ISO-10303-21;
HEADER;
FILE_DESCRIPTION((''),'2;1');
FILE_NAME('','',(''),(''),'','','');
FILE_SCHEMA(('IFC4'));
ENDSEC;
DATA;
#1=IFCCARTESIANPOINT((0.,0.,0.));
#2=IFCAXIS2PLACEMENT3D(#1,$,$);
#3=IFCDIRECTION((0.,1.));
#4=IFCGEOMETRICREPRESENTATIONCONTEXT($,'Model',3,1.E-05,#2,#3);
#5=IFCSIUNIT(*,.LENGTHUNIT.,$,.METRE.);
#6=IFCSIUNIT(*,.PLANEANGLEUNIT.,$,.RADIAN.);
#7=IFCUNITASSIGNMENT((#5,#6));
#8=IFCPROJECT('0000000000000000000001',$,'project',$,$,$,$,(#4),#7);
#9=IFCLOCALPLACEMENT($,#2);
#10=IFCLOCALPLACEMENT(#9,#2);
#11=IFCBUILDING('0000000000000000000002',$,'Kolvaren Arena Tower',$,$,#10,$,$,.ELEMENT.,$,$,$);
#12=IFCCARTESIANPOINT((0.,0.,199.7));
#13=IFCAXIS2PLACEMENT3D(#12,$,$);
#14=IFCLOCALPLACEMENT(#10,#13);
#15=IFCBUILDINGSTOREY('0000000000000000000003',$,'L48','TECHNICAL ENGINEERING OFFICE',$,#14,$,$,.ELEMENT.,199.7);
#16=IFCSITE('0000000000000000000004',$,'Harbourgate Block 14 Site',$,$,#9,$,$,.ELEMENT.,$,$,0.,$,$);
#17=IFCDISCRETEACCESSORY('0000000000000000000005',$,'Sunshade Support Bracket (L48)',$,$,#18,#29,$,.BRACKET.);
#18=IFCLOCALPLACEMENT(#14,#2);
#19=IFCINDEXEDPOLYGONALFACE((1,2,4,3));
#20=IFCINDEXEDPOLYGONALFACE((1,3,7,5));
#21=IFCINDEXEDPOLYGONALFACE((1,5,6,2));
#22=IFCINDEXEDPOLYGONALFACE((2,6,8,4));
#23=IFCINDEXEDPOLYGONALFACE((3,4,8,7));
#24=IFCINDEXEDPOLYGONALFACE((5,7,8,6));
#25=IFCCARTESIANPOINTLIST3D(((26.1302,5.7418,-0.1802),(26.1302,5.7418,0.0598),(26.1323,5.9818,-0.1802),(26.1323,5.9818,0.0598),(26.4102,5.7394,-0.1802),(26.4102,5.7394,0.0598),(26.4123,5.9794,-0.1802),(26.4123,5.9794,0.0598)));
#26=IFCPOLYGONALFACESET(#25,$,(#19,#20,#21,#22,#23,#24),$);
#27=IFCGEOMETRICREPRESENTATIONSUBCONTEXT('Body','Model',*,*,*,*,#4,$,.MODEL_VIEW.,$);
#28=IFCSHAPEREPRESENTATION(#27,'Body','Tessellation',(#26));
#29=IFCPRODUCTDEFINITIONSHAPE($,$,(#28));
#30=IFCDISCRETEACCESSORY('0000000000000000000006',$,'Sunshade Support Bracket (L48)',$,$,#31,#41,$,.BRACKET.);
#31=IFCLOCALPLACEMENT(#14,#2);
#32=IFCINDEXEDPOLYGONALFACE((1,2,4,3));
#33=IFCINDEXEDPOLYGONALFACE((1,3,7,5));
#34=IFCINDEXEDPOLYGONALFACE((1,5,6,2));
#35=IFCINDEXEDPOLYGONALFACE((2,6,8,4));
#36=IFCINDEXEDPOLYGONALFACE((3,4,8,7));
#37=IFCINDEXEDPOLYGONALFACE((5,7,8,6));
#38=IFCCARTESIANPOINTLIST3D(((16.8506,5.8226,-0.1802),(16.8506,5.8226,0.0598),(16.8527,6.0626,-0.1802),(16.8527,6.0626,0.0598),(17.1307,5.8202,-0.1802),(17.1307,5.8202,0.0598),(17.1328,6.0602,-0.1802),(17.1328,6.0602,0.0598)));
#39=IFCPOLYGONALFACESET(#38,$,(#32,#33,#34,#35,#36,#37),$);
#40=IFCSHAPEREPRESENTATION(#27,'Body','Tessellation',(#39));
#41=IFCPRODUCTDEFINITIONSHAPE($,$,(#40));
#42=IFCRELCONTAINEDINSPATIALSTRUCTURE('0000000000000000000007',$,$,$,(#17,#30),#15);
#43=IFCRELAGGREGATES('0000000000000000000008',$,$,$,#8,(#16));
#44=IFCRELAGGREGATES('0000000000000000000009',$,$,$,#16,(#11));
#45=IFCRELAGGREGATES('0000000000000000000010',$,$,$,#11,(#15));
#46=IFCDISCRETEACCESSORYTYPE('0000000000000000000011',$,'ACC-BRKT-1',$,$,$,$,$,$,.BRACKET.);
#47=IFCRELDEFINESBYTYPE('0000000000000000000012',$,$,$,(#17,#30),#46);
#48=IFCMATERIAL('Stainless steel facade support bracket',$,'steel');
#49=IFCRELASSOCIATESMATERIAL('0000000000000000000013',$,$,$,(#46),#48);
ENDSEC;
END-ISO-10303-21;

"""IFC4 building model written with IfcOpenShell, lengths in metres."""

from ifc_helpers import new_model, si_unit, direction, frame, origin, origin_2d, place, context, subcontext, project, spatial, rectangle, extrude, material, type_object, element, save


model = new_model("IFC4")

# Units and contexts
model_context = context("Model", 3, precision=1e-05, world=origin(), true_north=direction((0.0, 1.0)))
body_context = subcontext(model_context, "Body", "Model", "MODEL_VIEW")
ifc_project = project(units=[si_unit("LENGTHUNIT", "METRE"), si_unit("PLANEANGLEUNIT", "RADIAN")], contexts=[model_context])

# Site, building, storey
site_placement = place(None, origin())
site = spatial("IfcSite", under=ifc_project, at=site_placement, Name="Harbourgate Block 14 Site", CompositionType="ELEMENT", RefElevation=0.0)
building_placement = place(site_placement, origin())
building = spatial("IfcBuilding", under=site, at=building_placement, Name="Kolvaren Arena Tower", CompositionType="ELEMENT")
storey_placement = place(building_placement, frame((0.0, 0.0, 199.7)))
storey = spatial("IfcBuildingStorey", under=building, at=storey_placement, Name="L48", Description="TECHNICAL ENGINEERING OFFICE", CompositionType="ELEMENT", Elevation=199.7)

# Discrete accessories
ifc_material_1 = material(Name="Stainless steel facade support bracket", Category="steel")
discrete_accessory_type = type_object("IfcDiscreteAccessoryType", Name="ACC-BRKT-1", PredefinedType="BRACKET", material=ifc_material_1)
for number, where, z_axis, x_axis, name in (
    (1, (26.2712, 5.8606, -0.1802), (0.0, 0.0, 1.0), (-0.999962, 0.008727, 0.0), "Sunshade Support Bracket (L48)"),
    (2, (16.9917, 5.9414, -0.1802), (0.0, 0.0, 1.0), (-0.999962, 0.008727, 0.0), "Sunshade Support Bracket (L48)"),
):
    element("IfcDiscreteAccessory", number, at=place(storey_placement, frame(where, z_axis=z_axis, x_axis=x_axis)), inside=storey, type_object=discrete_accessory_type, Name=name, PredefinedType="BRACKET", context=body_context, shape_type="SweptSolid", body=[
        extrude(rectangle(XDim=0.28, YDim=0.24, at=origin_2d()), origin(), (0.0, 0.0, 1.0), 0.24),
    ])

save(model, "model.ifc")
